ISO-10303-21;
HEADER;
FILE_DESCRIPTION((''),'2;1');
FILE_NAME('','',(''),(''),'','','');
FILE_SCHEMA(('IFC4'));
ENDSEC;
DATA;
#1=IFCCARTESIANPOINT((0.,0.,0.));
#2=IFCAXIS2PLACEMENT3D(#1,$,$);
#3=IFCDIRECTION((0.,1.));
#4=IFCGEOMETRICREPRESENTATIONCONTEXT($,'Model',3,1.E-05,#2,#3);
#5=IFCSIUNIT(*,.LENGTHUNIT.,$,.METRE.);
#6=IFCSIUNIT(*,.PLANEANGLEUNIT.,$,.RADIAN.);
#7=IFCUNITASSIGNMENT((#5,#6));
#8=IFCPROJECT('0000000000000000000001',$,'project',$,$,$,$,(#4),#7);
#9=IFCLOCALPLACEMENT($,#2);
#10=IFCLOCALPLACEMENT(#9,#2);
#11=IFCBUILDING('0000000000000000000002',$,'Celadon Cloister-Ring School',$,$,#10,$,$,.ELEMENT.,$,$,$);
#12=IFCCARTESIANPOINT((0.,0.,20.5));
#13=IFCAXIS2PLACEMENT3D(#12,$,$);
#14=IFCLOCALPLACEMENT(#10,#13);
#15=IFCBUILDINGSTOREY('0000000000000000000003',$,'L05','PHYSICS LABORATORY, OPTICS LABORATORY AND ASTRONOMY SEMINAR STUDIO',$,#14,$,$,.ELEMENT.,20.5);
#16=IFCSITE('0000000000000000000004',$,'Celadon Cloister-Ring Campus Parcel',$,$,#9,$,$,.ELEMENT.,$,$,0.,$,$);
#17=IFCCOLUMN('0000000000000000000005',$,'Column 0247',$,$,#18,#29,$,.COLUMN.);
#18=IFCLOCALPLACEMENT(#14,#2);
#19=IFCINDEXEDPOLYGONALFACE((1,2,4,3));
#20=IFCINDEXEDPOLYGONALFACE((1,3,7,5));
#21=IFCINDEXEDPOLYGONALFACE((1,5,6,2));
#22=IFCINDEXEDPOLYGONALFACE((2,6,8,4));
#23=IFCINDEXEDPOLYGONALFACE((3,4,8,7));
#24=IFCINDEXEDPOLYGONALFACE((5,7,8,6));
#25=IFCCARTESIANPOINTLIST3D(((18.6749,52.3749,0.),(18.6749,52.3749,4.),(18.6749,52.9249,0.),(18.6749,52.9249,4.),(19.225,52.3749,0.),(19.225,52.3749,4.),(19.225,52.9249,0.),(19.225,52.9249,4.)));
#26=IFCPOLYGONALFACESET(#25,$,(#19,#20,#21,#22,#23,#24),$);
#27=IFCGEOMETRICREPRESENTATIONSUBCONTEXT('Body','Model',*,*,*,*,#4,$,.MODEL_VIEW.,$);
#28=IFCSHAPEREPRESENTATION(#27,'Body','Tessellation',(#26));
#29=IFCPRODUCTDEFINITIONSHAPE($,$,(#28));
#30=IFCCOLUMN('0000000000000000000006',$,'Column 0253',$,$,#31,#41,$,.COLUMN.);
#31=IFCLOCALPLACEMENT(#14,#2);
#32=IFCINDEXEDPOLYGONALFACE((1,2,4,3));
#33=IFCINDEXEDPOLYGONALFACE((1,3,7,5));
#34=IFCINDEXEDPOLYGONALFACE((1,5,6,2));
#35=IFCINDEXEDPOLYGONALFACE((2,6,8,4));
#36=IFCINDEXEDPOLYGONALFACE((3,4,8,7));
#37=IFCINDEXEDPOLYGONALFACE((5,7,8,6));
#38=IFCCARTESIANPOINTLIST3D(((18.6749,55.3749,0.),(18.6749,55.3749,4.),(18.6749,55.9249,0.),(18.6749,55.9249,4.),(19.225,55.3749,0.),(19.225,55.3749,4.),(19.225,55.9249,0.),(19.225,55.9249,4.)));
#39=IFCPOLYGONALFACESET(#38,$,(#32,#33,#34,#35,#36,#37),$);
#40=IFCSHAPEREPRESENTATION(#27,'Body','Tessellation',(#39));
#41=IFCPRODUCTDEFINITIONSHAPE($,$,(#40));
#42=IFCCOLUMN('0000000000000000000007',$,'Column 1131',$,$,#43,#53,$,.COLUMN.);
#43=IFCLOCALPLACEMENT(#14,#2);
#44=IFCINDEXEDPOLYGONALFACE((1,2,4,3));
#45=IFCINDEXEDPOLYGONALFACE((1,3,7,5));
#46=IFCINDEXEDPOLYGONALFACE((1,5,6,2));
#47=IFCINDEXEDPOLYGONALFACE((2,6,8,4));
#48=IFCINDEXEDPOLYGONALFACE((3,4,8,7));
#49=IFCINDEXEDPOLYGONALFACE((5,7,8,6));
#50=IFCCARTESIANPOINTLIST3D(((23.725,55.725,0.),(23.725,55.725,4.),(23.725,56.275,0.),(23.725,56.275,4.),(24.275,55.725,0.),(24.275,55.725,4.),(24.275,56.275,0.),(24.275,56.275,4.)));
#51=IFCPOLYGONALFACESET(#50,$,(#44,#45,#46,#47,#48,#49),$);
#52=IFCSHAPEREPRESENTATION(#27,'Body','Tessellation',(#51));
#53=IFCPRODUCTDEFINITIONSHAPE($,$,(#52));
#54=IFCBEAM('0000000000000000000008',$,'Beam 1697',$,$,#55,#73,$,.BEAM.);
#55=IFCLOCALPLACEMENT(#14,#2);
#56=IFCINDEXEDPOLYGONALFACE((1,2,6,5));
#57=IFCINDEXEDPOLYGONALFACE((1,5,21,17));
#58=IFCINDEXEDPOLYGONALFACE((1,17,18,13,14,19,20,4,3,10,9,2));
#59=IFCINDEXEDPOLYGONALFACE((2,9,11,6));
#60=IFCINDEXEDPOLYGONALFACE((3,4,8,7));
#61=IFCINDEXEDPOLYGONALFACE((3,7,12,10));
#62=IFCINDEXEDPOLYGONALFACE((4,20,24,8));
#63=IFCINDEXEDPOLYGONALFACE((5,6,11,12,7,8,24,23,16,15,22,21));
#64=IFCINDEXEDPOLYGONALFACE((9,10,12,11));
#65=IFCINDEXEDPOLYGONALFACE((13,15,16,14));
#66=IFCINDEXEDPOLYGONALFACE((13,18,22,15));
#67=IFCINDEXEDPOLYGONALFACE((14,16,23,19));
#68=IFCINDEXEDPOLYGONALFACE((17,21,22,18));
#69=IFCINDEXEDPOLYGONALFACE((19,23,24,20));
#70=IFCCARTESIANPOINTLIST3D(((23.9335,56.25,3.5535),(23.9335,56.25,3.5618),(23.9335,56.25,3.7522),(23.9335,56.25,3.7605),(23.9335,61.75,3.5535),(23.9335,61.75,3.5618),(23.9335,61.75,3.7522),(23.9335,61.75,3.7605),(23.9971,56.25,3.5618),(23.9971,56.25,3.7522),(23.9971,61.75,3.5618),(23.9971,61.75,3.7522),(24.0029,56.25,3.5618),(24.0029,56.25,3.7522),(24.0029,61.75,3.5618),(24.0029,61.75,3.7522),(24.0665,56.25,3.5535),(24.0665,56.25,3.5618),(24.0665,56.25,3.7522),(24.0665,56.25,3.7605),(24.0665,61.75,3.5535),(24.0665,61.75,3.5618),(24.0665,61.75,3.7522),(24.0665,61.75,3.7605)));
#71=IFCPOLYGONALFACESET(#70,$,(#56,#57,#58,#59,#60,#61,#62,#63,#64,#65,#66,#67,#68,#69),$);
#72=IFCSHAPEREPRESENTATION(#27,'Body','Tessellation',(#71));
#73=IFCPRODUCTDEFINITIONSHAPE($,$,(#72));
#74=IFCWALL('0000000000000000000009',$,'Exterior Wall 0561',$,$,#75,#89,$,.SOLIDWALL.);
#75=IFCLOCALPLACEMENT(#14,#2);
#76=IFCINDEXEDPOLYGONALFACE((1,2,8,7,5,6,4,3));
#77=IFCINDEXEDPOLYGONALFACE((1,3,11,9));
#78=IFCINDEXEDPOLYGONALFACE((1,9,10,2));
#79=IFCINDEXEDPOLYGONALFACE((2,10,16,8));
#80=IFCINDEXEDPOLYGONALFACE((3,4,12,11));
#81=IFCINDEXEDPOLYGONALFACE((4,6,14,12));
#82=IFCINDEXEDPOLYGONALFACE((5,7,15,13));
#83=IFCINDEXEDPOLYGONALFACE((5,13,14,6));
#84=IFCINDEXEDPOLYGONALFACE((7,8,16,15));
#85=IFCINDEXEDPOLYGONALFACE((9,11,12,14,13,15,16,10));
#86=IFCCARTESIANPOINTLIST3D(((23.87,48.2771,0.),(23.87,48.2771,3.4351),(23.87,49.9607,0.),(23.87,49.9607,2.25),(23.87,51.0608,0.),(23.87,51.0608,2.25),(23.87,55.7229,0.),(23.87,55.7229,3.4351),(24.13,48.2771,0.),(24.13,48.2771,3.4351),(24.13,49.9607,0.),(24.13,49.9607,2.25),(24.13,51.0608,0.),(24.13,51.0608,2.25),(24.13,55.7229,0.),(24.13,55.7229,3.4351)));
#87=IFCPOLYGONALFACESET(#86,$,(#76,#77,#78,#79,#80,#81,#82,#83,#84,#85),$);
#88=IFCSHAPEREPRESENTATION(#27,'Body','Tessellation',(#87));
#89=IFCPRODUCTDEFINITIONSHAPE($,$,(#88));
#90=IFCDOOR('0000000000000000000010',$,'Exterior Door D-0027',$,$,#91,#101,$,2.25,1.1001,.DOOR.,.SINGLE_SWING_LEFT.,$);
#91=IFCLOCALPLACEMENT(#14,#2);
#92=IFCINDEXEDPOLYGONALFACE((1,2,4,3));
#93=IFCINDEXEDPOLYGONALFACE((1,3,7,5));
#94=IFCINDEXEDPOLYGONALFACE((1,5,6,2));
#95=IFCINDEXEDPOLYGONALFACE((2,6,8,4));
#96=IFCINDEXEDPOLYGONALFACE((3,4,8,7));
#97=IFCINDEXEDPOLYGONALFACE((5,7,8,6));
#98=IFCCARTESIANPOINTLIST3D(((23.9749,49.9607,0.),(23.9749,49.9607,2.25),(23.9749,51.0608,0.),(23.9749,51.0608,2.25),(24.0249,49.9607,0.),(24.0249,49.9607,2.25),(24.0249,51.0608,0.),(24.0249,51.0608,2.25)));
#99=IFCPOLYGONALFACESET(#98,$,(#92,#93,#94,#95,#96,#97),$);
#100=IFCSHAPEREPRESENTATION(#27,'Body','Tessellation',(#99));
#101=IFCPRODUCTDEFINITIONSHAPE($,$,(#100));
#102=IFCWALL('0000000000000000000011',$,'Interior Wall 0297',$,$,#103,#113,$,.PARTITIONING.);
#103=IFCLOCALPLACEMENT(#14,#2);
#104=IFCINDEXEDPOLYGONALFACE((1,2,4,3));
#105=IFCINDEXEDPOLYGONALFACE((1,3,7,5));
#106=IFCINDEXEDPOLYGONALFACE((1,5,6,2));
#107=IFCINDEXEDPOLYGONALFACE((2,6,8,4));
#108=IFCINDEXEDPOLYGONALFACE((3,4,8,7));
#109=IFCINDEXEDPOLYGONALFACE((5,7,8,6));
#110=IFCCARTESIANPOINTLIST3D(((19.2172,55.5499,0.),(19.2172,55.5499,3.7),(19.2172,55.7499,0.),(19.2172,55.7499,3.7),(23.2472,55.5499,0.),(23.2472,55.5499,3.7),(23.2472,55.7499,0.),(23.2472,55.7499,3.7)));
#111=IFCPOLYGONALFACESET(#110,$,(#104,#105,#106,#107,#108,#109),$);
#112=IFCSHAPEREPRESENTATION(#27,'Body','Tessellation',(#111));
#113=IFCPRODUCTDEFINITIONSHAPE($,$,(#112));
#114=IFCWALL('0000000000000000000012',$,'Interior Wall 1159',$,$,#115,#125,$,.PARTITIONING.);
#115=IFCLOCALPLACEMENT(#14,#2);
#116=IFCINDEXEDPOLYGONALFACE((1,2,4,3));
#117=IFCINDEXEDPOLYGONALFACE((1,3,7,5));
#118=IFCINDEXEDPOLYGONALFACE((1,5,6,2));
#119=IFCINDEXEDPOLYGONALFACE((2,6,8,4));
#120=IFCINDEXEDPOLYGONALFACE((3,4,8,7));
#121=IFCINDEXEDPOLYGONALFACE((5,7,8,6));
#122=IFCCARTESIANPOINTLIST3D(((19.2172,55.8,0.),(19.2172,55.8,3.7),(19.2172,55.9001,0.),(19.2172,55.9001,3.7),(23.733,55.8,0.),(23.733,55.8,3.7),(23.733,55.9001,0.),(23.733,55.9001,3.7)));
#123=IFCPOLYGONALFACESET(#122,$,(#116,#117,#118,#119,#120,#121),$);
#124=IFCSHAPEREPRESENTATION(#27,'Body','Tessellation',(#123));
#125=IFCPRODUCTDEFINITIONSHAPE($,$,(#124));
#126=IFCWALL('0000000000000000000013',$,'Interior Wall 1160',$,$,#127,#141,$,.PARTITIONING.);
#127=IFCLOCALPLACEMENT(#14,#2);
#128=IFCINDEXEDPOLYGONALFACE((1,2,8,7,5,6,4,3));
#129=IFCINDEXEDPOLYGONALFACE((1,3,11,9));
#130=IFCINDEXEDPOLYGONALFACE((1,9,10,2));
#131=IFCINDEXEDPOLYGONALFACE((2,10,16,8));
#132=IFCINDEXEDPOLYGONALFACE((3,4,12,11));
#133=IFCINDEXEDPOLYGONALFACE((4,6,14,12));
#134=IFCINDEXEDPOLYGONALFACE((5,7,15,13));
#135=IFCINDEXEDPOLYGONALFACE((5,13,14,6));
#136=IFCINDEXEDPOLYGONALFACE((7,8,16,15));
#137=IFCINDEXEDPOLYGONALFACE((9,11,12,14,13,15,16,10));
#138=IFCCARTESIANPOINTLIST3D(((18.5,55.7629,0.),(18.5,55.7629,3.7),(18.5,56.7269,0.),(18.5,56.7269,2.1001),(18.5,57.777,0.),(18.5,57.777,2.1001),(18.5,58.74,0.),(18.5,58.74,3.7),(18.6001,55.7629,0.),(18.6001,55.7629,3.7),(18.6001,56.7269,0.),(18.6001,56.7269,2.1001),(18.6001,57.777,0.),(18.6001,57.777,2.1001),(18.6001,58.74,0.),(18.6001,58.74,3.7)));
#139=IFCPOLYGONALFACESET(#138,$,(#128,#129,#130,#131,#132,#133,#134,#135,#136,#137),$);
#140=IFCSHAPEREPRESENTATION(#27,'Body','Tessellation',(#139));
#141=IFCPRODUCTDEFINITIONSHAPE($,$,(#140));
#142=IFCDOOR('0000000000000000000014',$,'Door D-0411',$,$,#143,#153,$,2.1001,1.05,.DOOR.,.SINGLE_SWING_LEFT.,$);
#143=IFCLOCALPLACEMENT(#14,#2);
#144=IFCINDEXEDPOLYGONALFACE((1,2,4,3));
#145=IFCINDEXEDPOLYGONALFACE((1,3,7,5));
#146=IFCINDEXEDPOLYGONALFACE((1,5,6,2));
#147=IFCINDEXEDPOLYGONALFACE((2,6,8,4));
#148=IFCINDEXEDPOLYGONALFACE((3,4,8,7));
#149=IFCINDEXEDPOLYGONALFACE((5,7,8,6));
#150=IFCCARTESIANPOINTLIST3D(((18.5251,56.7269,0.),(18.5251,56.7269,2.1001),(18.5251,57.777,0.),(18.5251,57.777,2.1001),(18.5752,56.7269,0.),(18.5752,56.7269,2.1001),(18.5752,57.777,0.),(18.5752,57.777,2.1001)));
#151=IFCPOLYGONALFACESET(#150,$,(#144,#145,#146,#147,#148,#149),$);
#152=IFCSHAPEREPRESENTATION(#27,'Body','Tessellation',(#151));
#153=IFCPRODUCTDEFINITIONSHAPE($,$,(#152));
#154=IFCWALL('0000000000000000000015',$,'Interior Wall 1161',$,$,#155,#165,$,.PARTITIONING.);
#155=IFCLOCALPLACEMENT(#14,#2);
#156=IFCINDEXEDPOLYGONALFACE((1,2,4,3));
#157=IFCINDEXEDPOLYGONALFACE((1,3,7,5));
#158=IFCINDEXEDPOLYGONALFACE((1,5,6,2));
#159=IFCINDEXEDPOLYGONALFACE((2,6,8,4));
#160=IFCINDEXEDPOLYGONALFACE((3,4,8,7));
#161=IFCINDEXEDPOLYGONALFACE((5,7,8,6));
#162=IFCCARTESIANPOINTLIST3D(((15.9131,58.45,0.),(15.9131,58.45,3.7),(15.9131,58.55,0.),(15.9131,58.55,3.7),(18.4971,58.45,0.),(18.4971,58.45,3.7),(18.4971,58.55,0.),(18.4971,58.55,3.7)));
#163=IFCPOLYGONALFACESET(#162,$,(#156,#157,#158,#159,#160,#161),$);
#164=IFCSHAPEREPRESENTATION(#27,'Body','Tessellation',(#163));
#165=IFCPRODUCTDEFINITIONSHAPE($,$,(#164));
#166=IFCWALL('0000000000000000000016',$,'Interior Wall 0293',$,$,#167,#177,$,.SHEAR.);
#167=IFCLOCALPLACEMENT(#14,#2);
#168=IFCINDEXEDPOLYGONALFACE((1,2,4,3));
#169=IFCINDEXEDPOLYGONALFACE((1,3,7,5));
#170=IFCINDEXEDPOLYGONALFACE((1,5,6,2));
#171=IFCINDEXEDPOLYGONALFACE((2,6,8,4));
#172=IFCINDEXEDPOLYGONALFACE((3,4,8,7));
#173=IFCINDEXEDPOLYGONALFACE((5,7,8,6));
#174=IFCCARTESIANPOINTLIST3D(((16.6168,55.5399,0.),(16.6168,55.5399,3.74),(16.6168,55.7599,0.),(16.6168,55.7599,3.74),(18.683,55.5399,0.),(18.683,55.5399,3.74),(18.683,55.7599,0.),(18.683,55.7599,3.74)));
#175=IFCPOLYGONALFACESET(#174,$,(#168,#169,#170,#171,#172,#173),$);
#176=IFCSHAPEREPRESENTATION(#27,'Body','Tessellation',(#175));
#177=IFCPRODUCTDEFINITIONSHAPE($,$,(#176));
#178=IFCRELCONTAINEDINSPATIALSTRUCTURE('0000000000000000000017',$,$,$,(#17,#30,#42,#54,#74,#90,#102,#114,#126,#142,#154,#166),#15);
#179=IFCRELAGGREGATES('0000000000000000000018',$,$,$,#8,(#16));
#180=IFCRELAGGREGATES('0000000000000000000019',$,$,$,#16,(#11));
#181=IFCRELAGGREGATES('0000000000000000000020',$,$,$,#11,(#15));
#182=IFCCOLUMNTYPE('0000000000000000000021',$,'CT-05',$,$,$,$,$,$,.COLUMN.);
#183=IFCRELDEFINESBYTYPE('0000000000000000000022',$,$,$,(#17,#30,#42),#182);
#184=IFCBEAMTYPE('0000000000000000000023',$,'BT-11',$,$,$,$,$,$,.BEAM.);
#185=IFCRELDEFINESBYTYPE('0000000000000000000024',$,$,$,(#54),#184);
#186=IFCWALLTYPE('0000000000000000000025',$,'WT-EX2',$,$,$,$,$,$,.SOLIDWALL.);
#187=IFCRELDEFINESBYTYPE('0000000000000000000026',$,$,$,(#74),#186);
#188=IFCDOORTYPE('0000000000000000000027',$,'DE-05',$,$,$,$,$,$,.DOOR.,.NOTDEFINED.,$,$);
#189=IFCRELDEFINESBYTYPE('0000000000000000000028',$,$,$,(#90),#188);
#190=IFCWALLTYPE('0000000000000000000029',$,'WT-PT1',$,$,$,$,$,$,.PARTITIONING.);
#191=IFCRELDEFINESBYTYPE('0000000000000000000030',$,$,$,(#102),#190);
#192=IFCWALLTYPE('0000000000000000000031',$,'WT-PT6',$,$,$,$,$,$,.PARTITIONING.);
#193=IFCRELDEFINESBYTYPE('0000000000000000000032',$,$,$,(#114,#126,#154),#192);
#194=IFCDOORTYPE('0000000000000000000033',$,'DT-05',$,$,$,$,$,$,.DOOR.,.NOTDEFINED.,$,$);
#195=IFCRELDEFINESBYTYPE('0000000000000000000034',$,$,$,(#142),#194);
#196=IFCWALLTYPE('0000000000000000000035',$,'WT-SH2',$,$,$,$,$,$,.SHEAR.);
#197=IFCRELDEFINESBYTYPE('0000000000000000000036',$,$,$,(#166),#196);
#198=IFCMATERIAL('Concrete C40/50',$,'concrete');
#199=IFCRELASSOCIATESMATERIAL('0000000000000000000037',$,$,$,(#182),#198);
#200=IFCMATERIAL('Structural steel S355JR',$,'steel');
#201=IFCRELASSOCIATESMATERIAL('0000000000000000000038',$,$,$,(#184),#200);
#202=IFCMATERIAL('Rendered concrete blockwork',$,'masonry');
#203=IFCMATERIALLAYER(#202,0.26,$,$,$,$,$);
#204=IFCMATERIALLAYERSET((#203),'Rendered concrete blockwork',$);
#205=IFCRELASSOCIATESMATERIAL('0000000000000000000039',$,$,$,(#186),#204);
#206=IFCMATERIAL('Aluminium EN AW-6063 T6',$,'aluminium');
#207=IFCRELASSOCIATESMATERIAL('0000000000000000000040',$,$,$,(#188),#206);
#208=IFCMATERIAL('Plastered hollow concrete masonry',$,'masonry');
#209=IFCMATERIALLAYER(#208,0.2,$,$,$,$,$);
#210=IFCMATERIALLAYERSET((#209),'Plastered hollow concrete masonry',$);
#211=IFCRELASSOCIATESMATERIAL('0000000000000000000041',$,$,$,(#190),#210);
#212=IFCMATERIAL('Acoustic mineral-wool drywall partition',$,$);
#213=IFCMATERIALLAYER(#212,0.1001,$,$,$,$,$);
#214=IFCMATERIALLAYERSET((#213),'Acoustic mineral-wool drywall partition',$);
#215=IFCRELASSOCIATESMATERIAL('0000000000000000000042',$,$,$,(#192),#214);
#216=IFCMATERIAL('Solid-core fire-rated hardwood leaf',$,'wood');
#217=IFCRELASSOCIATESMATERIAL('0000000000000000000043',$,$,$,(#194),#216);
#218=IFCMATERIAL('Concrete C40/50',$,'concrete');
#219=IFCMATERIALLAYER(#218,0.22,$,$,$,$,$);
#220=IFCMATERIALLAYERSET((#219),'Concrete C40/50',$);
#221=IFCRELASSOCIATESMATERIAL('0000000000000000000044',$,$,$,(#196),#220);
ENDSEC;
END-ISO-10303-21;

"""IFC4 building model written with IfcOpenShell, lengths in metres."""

from ifc_helpers import new_model, si_unit, direction, frame, frame_2d, origin, origin_2d, place, context, subcontext, project, spatial, rectangle, i_section, extrude, material, layer, layer_set, material_profile, profile_set, type_object, element, fill, save


model = new_model("IFC4")

# Units and contexts
model_context = context("Model", 3, precision=1e-05, world=origin(), true_north=direction((0.0, 1.0)))
body_context = subcontext(model_context, "Body", "Model", "MODEL_VIEW")
ifc_project = project(units=[si_unit("LENGTHUNIT", "METRE"), si_unit("PLANEANGLEUNIT", "RADIAN")], contexts=[model_context])

# Site, building, storey
site_placement = place(None, origin())
site = spatial("IfcSite", under=ifc_project, at=site_placement, Name="Celadon Cloister-Ring Campus Parcel", CompositionType="ELEMENT", RefElevation=0.0)
building_placement = place(site_placement, origin())
building = spatial("IfcBuilding", under=site, at=building_placement, Name="Celadon Cloister-Ring School", CompositionType="ELEMENT")
storey_placement = place(building_placement, frame((0.0, 0.0, 20.5)))
storey = spatial("IfcBuildingStorey", under=building, at=storey_placement, Name="L05", Description="PHYSICS LABORATORY, OPTICS LABORATORY AND ASTRONOMY SEMINAR STUDIO", CompositionType="ELEMENT", Elevation=20.5)

# Columns
ifc_material_1 = material(Name="Concrete C40/50", Category="concrete")
ifc_material_profile_1 = material_profile(ifc_material_1, rectangle(XDim=0.55, YDim=0.55, at=origin_2d()), Name="RC550X550")
ifc_profile_set_1 = profile_set([ifc_material_profile_1], Name="Concrete C40/50")
column_type = type_object("IfcColumnType", Name="CT-05", PredefinedType="COLUMN", material=ifc_profile_set_1)
for number, where, z_axis, x_axis, name in (
    (1, (18.95, 52.6499, 0.0), (0.0, 0.0, 1.0), (1.0, 0.0, 0.0), "Column 0247"),
    (2, (18.95, 55.6499, 0.0), (0.0, 0.0, 1.0), (1.0, 0.0, 0.0), "Column 0253"),
    (3, (24.0, 56.0, 0.0), (0.0, 0.0, 1.0), (1.0, 0.0, 0.0), "Column 1131"),
):
    element("IfcColumn", number, at=place(storey_placement, frame(where, z_axis=z_axis, x_axis=x_axis)), inside=storey, type_object=column_type, Name=name, PredefinedType="COLUMN", context=body_context, shape_type="SweptSolid", body=[
        extrude(rectangle(XDim=0.55, YDim=0.55, at=origin_2d()), origin(), (0.0, 0.0, 1.0), 4.0),
    ])

# Beam
ifc_material_2 = material(Name="Structural steel S355JR", Category="steel")
ifc_material_profile_2 = material_profile(ifc_material_2, i_section(OverallWidth=0.1331, OverallDepth=0.207, WebThickness=0.0059, FlangeThickness=0.0083, at=origin_2d()), Name="W200X27")
ifc_profile_set_2 = profile_set([ifc_material_profile_2], Name="Structural steel S355JR")
beam_type = type_object("IfcBeamType", Name="BT-11", PredefinedType="BEAM", material=ifc_profile_set_2)
beam_placement = place(storey_placement, frame((24.0, 56.25, 3.657), z_axis=(0.0, 1.0, 0.0), x_axis=(-1.0, 0.0, 0.0)))
element("IfcBeam", 4, at=beam_placement, inside=storey, type_object=beam_type, Name="Beam 1697", PredefinedType="BEAM", context=body_context, shape_type="SweptSolid", body=[
    extrude(i_section(OverallWidth=0.1331, OverallDepth=0.207, WebThickness=0.0059, FlangeThickness=0.0083, at=origin_2d()), origin(), (0.0, 0.0, 1.0), 5.5),
])

# Wall, opening, door
ifc_material_3 = material(Name="Rendered concrete blockwork", Category="masonry")
ifc_layer_1 = layer(ifc_material_3, 0.26)
ifc_layer_set_1 = layer_set([ifc_layer_1], Name="Rendered concrete blockwork")
wall_type_1 = type_object("IfcWallType", Name="WT-EX2", PredefinedType="SOLIDWALL", material=ifc_layer_set_1)
wall_1_placement = place(storey_placement, frame((24.0, 55.7229, 0.0), z_axis=(0.0, 0.0, 1.0), x_axis=(0.0, -1.0, 0.0)))
wall_1 = element("IfcWall", 5, at=wall_1_placement, inside=storey, type_object=wall_type_1, Name="Exterior Wall 0561", PredefinedType="SOLIDWALL", context=body_context, shape_type="SweptSolid", body=[
    extrude(rectangle(XDim=7.4458, YDim=0.26, at=frame_2d((3.7229, 0.0))), origin(), (0.0, 0.0, 1.0), 3.4351),
])
opening_1_placement = place(wall_1_placement, frame((4.6621, 0.0, 0.0)))
opening_1 = element("IfcOpeningElement", 6, at=opening_1_placement, cuts=wall_1, PredefinedType="OPENING", context=body_context, shape_type="SweptSolid", body=[
    extrude(rectangle(XDim=1.1001, YDim=2.25, at=frame_2d((0.55, 1.125))), frame((0.0, 0.1401, 0.0), z_axis=(0.0, -1.0, 0.0), x_axis=(1.0, 0.0, 0.0)), (0.0, 0.0, 1.0), 0.28),
])
ifc_material_4 = material(Name="Aluminium EN AW-6063 T6", Category="aluminium")
door_type_1 = type_object("IfcDoorType", Name="DE-05", OperationType="NOTDEFINED", PredefinedType="DOOR", material=ifc_material_4)
door_1_placement = place(opening_1_placement, origin())
door_1 = element("IfcDoor", 7, at=door_1_placement, inside=storey, type_object=door_type_1, Name="Exterior Door D-0027", OperationType="SINGLE_SWING_LEFT", OverallHeight=2.25, OverallWidth=1.1001, PredefinedType="DOOR", context=body_context, shape_type="SweptSolid", body=[
    extrude(rectangle(XDim=1.1001, YDim=2.25, at=frame_2d((0.55, 1.125))), frame((0.0, 0.0249, 0.0), z_axis=(0.0, -1.0, 0.0), x_axis=(1.0, 0.0, 0.0)), (0.0, 0.0, 1.0), 0.05),
])
fill(opening_1, door_1)

# Walls
ifc_material_5 = material(Name="Plastered hollow concrete masonry", Category="masonry")
ifc_layer_2 = layer(ifc_material_5, 0.2)
ifc_layer_set_2 = layer_set([ifc_layer_2], Name="Plastered hollow concrete masonry")
wall_type_2 = type_object("IfcWallType", Name="WT-PT1", PredefinedType="PARTITIONING", material=ifc_layer_set_2)
wall_2_placement = place(storey_placement, frame((19.217, 55.6499, 0.0), z_axis=(0.0, 0.0, 1.0), x_axis=(1.0, 0.0, 0.0)))
element("IfcWall", 8, at=wall_2_placement, inside=storey, type_object=wall_type_2, Name="Interior Wall 0297", PredefinedType="PARTITIONING", context=body_context, shape_type="SweptSolid", body=[
    extrude(rectangle(XDim=4.03, YDim=0.2, at=frame_2d((2.0151, 0.0))), origin(), (0.0, 0.0, 1.0), 3.7),
])
ifc_material_6 = material(Name="Acoustic mineral-wool drywall partition")
ifc_layer_3 = layer(ifc_material_6, 0.1001)
ifc_layer_set_3 = layer_set([ifc_layer_3], Name="Acoustic mineral-wool drywall partition")
wall_type_3 = type_object("IfcWallType", Name="WT-PT6", PredefinedType="PARTITIONING", material=ifc_layer_set_3)
wall_3_placement = place(storey_placement, frame((23.7329, 55.8501, 0.0), z_axis=(0.0, 0.0, 1.0), x_axis=(-1.0, 0.0, 0.0)))
element("IfcWall", 9, at=wall_3_placement, inside=storey, type_object=wall_type_3, Name="Interior Wall 1159", PredefinedType="PARTITIONING", context=body_context, shape_type="SweptSolid", body=[
    extrude(rectangle(XDim=4.5159, YDim=0.1001, at=frame_2d((2.2578, 0.0))), origin(), (0.0, 0.0, 1.0), 3.7),
])

# Wall, opening, door
wall_4_placement = place(storey_placement, frame((18.55, 55.7629, 0.0), z_axis=(0.0, 0.0, 1.0), x_axis=(0.0, 1.0, 0.0)))
wall_4 = element("IfcWall", 10, at=wall_4_placement, inside=storey, type_object=wall_type_3, Name="Interior Wall 1160", PredefinedType="PARTITIONING", context=body_context, shape_type="SweptSolid", body=[
    extrude(rectangle(XDim=2.9771, YDim=0.1001, at=frame_2d((1.4885, 0.0))), origin(), (0.0, 0.0, 1.0), 3.7),
])
opening_2_placement = place(wall_4_placement, frame((0.9641, 0.0, 0.0)))
opening_2 = element("IfcOpeningElement", 11, at=opening_2_placement, cuts=wall_4, PredefinedType="OPENING", context=body_context, shape_type="SweptSolid", body=[
    extrude(rectangle(XDim=1.05, YDim=2.1001, at=frame_2d((0.5249, 1.05))), frame((0.0, 0.0601, 0.0), z_axis=(0.0, -1.0, 0.0), x_axis=(1.0, 0.0, 0.0)), (0.0, 0.0, 1.0), 0.1201),
])
ifc_material_7 = material(Name="Solid-core fire-rated hardwood leaf", Category="wood")
door_type_2 = type_object("IfcDoorType", Name="DT-05", OperationType="NOTDEFINED", PredefinedType="DOOR", material=ifc_material_7)
door_2_placement = place(opening_2_placement, origin())
door_2 = element("IfcDoor", 12, at=door_2_placement, inside=storey, type_object=door_type_2, Name="Door D-0411", OperationType="SINGLE_SWING_LEFT", OverallHeight=2.1001, OverallWidth=1.05, PredefinedType="DOOR", context=body_context, shape_type="SweptSolid", body=[
    extrude(rectangle(XDim=1.05, YDim=2.1001, at=frame_2d((0.5249, 1.05))), frame((0.0, 0.0249, 0.0), z_axis=(0.0, -1.0, 0.0), x_axis=(1.0, 0.0, 0.0)), (0.0, 0.0, 1.0), 0.05),
])
fill(opening_2, door_2)

# Wall
wall_5_placement = place(storey_placement, frame((18.4971, 58.5, 0.0), z_axis=(0.0, 0.0, 1.0), x_axis=(-1.0, 0.0, 0.0)))
element("IfcWall", 13, at=wall_5_placement, inside=storey, type_object=wall_type_3, Name="Interior Wall 1161", PredefinedType="PARTITIONING", context=body_context, shape_type="SweptSolid", body=[
    extrude(rectangle(XDim=2.584, YDim=0.1001, at=frame_2d((1.292, 0.0))), origin(), (0.0, 0.0, 1.0), 3.7),
])

# Shared definitions
ifc_material_8 = material(Name="Concrete C40/50", Category="concrete")
ifc_layer_4 = layer(ifc_material_8, 0.22)
ifc_layer_set_4 = layer_set([ifc_layer_4], Name="Concrete C40/50")
wall_type_4 = type_object("IfcWallType", Name="WT-SH2", PredefinedType="SHEAR", material=ifc_layer_set_4)

# Wall
wall_6_placement = place(storey_placement, frame((18.6831, 55.6499, 0.0), z_axis=(0.0, 0.0, 1.0), x_axis=(-1.0, 0.0, 0.0)))
element("IfcWall", 14, at=wall_6_placement, inside=storey, type_object=wall_type_4, Name="Interior Wall 0293", PredefinedType="SHEAR", context=body_context, shape_type="SweptSolid", body=[
    extrude(rectangle(XDim=2.0662, YDim=0.22, at=frame_2d((1.0332, 0.0))), origin(), (0.0, 0.0, 1.0), 3.74),
])

save(model, "model.ifc")
